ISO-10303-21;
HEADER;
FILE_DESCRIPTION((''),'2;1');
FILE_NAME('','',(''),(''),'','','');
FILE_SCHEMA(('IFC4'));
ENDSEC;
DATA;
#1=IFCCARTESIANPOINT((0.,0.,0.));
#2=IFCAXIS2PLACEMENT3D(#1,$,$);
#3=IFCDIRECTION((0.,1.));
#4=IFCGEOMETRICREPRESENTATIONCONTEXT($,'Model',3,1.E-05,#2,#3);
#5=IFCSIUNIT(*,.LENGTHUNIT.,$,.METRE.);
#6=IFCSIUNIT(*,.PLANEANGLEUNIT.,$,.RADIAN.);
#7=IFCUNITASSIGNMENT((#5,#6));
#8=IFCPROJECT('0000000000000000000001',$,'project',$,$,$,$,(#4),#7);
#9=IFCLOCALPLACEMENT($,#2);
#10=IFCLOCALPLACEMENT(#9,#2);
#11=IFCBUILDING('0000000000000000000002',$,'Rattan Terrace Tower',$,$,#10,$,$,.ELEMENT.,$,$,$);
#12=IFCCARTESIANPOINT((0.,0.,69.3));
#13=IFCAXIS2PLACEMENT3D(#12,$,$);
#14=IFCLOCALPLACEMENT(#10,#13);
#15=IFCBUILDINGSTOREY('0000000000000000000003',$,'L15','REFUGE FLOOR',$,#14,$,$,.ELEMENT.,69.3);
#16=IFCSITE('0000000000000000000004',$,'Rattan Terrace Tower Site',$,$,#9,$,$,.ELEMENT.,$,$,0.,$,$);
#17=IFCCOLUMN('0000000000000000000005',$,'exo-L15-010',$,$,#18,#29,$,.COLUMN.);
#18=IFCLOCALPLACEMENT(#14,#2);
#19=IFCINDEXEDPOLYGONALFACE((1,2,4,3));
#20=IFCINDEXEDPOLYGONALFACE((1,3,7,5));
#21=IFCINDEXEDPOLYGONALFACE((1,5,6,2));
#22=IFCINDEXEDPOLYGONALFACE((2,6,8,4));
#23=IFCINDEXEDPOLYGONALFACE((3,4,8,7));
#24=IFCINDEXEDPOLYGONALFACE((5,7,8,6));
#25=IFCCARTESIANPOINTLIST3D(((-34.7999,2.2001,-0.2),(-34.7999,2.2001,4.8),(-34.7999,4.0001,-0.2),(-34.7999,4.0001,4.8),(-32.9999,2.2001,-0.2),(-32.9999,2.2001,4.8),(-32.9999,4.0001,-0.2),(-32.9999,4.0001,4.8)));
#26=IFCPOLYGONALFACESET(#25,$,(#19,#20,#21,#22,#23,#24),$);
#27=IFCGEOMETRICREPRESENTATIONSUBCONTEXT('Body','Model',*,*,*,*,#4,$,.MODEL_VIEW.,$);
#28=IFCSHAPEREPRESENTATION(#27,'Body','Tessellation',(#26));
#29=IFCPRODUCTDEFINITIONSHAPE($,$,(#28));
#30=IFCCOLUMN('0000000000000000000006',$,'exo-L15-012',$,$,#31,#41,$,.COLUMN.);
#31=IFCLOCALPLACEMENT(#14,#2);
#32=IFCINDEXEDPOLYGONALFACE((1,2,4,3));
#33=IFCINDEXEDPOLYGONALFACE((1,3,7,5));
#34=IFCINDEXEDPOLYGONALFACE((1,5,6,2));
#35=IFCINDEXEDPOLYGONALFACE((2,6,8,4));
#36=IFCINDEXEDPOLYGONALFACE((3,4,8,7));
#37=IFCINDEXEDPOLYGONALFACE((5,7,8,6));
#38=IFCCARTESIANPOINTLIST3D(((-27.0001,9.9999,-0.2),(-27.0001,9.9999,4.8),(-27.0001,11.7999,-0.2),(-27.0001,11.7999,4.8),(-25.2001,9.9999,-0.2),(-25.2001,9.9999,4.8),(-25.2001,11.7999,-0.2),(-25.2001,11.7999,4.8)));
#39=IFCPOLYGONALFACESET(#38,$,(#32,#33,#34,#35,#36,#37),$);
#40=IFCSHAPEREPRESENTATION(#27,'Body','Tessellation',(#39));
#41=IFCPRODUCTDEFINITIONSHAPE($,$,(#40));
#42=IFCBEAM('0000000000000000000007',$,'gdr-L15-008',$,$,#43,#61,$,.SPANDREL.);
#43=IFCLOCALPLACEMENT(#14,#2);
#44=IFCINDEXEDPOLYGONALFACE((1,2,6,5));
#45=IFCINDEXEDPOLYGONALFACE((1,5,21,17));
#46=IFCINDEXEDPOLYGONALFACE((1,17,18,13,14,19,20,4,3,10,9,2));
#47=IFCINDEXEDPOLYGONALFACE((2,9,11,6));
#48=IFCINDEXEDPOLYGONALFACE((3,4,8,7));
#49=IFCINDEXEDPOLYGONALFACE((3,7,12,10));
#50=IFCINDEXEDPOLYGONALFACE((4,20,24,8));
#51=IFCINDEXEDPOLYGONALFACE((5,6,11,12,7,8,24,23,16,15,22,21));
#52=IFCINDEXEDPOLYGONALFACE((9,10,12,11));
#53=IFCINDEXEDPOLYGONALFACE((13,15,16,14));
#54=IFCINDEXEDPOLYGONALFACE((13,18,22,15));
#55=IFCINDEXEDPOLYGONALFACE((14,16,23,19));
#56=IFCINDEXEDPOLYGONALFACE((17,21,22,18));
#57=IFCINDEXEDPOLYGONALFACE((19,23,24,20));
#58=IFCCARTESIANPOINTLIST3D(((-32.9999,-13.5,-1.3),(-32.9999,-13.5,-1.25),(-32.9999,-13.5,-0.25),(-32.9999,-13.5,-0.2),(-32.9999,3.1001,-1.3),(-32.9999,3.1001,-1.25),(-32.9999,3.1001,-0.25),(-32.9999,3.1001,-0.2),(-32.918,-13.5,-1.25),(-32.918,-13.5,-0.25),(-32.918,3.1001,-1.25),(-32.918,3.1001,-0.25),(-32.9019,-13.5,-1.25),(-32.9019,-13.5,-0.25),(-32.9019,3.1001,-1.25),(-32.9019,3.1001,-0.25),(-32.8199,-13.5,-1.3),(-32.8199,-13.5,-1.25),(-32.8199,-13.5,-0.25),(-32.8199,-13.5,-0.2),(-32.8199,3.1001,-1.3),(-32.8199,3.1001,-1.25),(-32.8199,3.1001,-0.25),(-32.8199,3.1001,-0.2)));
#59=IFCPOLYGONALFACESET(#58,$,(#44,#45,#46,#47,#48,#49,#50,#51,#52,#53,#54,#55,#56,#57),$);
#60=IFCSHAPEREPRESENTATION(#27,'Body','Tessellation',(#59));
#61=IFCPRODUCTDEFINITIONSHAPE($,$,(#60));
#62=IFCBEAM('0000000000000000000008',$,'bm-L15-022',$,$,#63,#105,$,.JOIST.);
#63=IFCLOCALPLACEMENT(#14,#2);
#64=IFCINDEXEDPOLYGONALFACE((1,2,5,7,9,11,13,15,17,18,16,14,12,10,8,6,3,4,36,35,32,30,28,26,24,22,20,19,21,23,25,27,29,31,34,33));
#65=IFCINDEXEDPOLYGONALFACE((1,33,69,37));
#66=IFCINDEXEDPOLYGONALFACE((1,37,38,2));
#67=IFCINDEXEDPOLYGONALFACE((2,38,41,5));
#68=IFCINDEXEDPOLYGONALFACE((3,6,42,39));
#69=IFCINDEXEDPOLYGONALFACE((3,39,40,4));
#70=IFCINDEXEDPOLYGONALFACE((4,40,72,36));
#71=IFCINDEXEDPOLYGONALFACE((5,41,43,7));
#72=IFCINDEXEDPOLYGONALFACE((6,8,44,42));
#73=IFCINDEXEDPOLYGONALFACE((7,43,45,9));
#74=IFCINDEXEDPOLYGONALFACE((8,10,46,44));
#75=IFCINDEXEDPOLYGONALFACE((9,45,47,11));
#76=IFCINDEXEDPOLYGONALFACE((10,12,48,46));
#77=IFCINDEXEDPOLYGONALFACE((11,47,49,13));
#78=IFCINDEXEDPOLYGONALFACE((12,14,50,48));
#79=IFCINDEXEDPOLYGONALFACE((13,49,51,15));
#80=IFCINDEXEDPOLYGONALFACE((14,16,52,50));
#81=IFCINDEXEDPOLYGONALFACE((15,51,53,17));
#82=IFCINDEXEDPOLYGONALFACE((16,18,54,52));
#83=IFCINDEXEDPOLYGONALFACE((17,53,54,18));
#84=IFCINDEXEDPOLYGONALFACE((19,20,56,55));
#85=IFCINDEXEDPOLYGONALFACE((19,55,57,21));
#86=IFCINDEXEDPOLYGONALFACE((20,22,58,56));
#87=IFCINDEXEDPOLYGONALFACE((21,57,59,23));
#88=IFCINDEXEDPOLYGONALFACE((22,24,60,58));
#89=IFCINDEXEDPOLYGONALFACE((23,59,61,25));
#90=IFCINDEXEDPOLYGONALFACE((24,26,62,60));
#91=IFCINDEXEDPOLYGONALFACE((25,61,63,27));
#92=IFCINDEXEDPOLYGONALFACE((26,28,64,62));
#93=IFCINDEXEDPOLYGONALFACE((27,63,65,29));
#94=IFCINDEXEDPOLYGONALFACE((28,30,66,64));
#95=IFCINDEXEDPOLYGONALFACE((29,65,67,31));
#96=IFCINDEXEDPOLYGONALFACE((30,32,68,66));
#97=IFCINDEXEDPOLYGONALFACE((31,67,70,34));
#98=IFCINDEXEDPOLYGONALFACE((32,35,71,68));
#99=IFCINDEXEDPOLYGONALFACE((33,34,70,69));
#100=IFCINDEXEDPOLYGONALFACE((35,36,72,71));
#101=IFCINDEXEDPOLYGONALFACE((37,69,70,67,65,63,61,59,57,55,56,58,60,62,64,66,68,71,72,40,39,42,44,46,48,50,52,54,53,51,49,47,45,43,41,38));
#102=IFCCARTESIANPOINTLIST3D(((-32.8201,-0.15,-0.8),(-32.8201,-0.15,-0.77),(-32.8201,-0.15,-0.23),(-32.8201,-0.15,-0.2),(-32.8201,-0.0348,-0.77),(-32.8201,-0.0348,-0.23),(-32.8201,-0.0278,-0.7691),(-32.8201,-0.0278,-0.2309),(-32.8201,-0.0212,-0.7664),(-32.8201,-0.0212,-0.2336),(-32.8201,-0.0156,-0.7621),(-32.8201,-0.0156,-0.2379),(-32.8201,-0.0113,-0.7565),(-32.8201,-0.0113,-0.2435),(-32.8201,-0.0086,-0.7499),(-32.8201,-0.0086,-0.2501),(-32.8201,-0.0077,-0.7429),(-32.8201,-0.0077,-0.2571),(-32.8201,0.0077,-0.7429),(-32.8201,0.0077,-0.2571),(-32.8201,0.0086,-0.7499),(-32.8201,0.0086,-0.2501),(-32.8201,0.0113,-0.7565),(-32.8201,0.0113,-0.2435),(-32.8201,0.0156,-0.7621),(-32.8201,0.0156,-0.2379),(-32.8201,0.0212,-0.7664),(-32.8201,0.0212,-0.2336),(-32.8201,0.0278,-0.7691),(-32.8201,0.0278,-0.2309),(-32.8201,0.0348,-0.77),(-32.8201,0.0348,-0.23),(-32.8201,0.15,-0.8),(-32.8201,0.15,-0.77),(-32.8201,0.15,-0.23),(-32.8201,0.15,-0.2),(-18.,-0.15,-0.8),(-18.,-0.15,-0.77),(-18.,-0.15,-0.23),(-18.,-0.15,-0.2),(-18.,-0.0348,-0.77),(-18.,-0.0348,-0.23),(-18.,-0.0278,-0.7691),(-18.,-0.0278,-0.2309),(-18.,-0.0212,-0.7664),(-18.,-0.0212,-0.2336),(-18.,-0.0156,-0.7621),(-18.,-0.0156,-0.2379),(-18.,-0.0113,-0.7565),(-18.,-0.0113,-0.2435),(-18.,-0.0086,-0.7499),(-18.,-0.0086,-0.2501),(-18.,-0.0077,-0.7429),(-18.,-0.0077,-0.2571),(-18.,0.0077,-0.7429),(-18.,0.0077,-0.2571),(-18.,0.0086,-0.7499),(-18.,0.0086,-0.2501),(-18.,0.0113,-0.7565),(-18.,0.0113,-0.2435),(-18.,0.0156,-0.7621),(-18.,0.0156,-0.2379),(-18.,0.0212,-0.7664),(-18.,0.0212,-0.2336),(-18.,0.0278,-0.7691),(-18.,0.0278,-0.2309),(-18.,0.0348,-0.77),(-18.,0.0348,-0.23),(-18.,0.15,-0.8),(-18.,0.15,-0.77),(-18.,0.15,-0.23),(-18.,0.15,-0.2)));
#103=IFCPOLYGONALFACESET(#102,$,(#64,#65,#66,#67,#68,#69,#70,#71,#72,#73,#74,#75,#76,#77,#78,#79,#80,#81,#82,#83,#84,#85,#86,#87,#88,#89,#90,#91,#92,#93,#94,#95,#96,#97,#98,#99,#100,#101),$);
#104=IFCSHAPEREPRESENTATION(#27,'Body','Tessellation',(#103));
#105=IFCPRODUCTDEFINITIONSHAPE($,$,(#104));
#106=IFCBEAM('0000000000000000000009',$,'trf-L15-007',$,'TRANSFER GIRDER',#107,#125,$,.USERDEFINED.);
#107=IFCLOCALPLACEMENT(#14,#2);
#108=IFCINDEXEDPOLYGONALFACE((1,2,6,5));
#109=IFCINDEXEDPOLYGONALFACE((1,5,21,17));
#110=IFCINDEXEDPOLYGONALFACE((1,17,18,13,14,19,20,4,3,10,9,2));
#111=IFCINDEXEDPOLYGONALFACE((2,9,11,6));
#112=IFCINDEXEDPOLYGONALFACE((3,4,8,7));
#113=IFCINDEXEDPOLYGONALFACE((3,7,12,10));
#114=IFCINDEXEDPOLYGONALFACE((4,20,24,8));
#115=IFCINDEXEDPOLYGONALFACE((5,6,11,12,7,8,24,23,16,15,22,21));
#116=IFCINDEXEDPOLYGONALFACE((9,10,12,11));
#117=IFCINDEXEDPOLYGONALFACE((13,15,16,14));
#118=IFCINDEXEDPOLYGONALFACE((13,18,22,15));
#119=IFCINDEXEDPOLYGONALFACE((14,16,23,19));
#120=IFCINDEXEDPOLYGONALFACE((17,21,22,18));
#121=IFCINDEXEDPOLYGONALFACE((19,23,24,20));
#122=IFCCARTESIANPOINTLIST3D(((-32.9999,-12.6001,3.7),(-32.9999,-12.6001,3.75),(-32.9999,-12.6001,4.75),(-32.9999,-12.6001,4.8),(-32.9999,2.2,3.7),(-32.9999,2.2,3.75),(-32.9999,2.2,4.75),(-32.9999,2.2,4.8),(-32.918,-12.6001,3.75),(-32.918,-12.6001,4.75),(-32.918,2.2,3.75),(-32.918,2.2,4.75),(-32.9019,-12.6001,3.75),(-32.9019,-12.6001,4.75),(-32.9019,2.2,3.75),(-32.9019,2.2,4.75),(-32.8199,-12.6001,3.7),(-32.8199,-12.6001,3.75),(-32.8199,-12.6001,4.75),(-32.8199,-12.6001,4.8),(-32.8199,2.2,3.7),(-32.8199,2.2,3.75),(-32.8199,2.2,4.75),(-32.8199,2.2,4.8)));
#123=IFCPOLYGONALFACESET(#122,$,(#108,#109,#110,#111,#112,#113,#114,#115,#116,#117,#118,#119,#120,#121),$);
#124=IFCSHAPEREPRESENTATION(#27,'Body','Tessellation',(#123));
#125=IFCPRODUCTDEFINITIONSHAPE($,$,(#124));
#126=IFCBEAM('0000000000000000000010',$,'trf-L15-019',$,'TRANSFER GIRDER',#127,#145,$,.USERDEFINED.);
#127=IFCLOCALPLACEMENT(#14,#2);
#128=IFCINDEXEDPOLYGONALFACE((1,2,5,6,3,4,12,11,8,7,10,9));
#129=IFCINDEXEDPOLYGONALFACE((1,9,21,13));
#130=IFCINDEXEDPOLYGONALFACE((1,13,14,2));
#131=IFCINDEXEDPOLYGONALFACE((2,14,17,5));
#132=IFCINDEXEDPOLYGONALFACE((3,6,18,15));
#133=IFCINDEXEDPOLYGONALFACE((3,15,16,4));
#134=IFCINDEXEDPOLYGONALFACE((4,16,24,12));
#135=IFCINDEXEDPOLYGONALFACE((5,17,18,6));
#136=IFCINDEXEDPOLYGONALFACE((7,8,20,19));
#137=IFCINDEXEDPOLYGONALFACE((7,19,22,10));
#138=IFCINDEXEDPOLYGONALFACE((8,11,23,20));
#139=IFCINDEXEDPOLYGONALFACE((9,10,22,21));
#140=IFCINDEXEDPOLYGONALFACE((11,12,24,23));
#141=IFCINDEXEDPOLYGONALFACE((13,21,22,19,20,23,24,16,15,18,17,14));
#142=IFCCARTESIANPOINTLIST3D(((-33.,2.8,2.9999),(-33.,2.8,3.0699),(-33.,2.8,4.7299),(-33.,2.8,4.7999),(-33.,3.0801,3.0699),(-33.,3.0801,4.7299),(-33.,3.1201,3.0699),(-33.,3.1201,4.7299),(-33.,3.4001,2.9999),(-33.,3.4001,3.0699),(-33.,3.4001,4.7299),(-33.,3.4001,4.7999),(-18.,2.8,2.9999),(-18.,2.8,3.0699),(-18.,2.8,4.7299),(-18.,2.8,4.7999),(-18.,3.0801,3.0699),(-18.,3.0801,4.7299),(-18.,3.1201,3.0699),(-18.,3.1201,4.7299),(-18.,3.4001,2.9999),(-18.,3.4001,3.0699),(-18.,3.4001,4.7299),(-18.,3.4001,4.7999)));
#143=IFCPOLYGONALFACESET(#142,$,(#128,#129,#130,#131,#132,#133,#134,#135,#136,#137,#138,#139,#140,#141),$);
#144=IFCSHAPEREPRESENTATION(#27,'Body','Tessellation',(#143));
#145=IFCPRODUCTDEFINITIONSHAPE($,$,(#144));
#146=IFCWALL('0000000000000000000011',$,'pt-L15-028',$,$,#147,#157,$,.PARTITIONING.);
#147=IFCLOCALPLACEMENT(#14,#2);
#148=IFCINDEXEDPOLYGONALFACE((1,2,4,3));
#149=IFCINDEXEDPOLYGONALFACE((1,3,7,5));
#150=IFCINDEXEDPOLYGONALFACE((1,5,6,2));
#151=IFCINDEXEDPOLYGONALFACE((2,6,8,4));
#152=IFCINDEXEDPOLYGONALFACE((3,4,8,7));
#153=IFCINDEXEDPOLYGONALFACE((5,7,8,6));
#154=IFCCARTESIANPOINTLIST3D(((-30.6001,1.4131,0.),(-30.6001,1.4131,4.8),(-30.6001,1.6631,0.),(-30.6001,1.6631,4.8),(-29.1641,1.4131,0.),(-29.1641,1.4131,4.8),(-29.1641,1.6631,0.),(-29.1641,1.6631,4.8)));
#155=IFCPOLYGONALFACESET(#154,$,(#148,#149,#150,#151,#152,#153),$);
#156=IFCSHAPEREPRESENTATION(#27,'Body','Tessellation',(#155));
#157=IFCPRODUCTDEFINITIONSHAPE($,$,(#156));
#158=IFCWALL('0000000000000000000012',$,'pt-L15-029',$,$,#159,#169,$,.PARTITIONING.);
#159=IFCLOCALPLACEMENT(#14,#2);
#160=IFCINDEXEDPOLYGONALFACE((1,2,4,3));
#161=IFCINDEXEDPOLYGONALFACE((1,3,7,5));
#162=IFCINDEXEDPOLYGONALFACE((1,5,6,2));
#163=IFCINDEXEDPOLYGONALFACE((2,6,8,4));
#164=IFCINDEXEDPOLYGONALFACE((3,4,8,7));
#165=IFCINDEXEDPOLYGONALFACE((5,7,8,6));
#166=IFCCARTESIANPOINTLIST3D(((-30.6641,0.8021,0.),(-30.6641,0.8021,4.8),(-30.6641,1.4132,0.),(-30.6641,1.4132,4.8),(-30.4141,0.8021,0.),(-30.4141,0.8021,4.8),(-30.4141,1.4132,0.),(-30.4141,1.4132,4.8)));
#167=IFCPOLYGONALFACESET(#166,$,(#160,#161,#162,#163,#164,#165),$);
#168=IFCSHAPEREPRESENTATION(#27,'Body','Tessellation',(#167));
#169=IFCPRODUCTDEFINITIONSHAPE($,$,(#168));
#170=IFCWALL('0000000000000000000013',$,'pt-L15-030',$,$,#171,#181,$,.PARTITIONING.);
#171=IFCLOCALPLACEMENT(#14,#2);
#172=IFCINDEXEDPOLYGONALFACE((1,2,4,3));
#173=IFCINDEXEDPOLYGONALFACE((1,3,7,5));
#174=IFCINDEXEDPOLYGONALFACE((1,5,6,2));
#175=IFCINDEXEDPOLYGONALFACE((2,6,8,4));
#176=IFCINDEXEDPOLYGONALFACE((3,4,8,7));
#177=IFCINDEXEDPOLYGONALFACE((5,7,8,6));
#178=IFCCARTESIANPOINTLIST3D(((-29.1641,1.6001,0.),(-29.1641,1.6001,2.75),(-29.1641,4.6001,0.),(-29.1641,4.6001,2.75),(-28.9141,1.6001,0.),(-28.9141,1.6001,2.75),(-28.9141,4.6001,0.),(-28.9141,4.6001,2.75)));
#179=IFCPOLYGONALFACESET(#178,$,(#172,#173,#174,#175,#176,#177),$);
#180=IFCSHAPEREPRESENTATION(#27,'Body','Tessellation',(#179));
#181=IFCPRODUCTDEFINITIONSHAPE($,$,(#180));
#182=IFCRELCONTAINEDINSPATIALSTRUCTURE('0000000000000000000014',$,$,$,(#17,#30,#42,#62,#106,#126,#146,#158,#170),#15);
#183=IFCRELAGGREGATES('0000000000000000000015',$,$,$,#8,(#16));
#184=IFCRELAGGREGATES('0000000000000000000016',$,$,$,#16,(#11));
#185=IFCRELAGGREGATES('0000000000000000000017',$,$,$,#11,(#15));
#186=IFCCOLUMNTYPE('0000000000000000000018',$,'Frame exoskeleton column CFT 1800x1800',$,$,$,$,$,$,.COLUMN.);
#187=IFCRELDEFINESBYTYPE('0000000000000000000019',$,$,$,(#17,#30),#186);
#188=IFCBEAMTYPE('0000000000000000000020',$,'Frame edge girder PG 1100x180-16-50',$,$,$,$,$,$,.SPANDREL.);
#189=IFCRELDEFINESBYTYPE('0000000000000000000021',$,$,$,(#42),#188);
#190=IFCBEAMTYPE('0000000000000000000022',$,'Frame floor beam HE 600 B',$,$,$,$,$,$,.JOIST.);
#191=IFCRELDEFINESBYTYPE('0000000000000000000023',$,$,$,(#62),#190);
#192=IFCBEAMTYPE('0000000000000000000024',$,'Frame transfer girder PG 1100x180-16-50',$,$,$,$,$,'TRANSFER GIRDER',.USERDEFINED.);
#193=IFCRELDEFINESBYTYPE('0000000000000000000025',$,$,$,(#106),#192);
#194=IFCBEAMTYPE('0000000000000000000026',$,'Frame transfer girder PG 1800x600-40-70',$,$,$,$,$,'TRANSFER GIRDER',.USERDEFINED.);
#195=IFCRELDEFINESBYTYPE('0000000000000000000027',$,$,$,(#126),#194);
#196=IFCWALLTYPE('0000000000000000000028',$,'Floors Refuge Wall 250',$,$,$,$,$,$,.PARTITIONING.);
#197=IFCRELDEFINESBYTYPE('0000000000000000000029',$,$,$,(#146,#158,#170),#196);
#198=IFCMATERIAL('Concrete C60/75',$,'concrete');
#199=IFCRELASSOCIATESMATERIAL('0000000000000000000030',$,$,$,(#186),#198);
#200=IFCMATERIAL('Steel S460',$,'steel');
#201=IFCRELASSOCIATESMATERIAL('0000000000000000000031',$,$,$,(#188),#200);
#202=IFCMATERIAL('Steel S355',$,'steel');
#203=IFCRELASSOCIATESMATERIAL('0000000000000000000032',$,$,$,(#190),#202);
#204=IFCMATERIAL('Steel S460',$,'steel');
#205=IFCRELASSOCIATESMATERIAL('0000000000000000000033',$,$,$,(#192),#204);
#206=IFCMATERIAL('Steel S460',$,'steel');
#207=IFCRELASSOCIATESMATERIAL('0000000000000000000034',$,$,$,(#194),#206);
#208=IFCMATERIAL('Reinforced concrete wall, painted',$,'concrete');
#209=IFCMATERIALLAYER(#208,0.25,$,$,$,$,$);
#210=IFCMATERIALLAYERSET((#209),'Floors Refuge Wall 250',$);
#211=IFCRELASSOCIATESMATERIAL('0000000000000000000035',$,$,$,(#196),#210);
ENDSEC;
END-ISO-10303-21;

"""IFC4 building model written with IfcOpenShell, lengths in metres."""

from ifc_helpers import new_model, si_unit, direction, frame, frame_2d, origin, origin_2d, place, context, subcontext, project, spatial, rectangle, i_section, extrude, material, layer, layer_set, material_profile, profile_set, type_object, element, save


model = new_model("IFC4")

# Units and contexts
model_context = context("Model", 3, precision=1e-05, world=origin(), true_north=direction((0.0, 1.0)))
body_context = subcontext(model_context, "Body", "Model", "MODEL_VIEW")
ifc_project = project(units=[si_unit("LENGTHUNIT", "METRE"), si_unit("PLANEANGLEUNIT", "RADIAN")], contexts=[model_context])

# Site, building, storey
site_placement = place(None, origin())
site = spatial("IfcSite", under=ifc_project, at=site_placement, Name="Rattan Terrace Tower Site", CompositionType="ELEMENT", RefElevation=0.0)
building_placement = place(site_placement, origin())
building = spatial("IfcBuilding", under=site, at=building_placement, Name="Rattan Terrace Tower", CompositionType="ELEMENT")
storey_placement = place(building_placement, frame((0.0, 0.0, 69.3)))
storey = spatial("IfcBuildingStorey", under=building, at=storey_placement, Name="L15", Description="REFUGE FLOOR", CompositionType="ELEMENT", Elevation=69.3)

# Columns
ifc_material_1 = material(Name="Concrete C60/75", Category="concrete")
ifc_material_profile_1 = material_profile(ifc_material_1, rectangle(XDim=1.8, YDim=1.8, at=origin_2d()), Name="CFT 1800x1800")
ifc_profile_set_1 = profile_set([ifc_material_profile_1], Name="Concrete C60/75")
column_type = type_object("IfcColumnType", Name="Frame exoskeleton column CFT 1800x1800", PredefinedType="COLUMN", material=ifc_profile_set_1)
for number, where, z_axis, x_axis, name in (
    (1, (-33.8999, 3.1001, -0.2), (0.0, 0.0, 1.0), (0.0, 1.0, 0.0), "exo-L15-010"),
    (2, (-26.1001, 10.8999, -0.2), (0.0, 0.0, 1.0), (1.0, 0.0, 0.0), "exo-L15-012"),
):
    element("IfcColumn", number, at=place(storey_placement, frame(where, z_axis=z_axis, x_axis=x_axis)), inside=storey, type_object=column_type, Name=name, PredefinedType="COLUMN", context=body_context, shape_type="SweptSolid", body=[
        extrude(rectangle(XDim=1.8, YDim=1.8, at=origin_2d()), origin(), (0.0, 0.0, 1.0), 5.0),
    ])

# Beams
ifc_material_2 = material(Name="Steel S460", Category="steel")
ifc_material_profile_2 = material_profile(ifc_material_2, i_section(OverallWidth=0.1799, OverallDepth=1.1001, WebThickness=0.0161, FlangeThickness=0.05, at=origin_2d()), Name="PG 1100x180-16-50")
ifc_profile_set_2 = profile_set([ifc_material_profile_2], Name="Steel S460")
beam_type_1 = type_object("IfcBeamType", Name="Frame edge girder PG 1100x180-16-50", PredefinedType="SPANDREL", material=ifc_profile_set_2)
beam_1_placement = place(storey_placement, frame((-32.9099, 3.1001, -0.75), z_axis=(0.0, -1.0, 0.0), x_axis=(1.0, 0.0, 0.0)))
element("IfcBeam", 3, at=beam_1_placement, inside=storey, type_object=beam_type_1, Name="gdr-L15-008", PredefinedType="SPANDREL", context=body_context, shape_type="SweptSolid", body=[
    extrude(i_section(OverallWidth=0.1799, OverallDepth=1.1001, WebThickness=0.0161, FlangeThickness=0.05, at=origin_2d()), origin(), (0.0, 0.0, 1.0), 16.6001),
])
ifc_material_3 = material(Name="Steel S355", Category="steel")
ifc_material_profile_3 = material_profile(ifc_material_3, i_section(OverallWidth=0.3, OverallDepth=0.6001, WebThickness=0.0154, FlangeThickness=0.03, FilletRadius=0.0271, at=origin_2d()), Name="HE 600 B")
ifc_profile_set_3 = profile_set([ifc_material_profile_3], Name="Steel S355")
beam_type_2 = type_object("IfcBeamType", Name="Frame floor beam HE 600 B", PredefinedType="JOIST", material=ifc_profile_set_3)
beam_2_placement = place(storey_placement, frame((-32.8201, 0.0, -0.5), z_axis=(1.0, 0.0, 0.0), x_axis=(0.0, 1.0, 0.0)))
element("IfcBeam", 4, at=beam_2_placement, inside=storey, type_object=beam_type_2, Name="bm-L15-022", PredefinedType="JOIST", context=body_context, shape_type="SweptSolid", body=[
    extrude(i_section(OverallWidth=0.3, OverallDepth=0.6001, WebThickness=0.0154, FlangeThickness=0.03, FilletRadius=0.0271, at=origin_2d()), origin(), (0.0, 0.0, 1.0), 14.8201),
])
ifc_material_4 = material(Name="Steel S460", Category="steel")
ifc_material_profile_4 = material_profile(ifc_material_4, i_section(OverallWidth=0.1799, OverallDepth=1.1001, WebThickness=0.0161, FlangeThickness=0.05, at=origin_2d()), Name="PG 1100x180-16-50")
ifc_profile_set_4 = profile_set([ifc_material_profile_4], Name="Steel S460")
beam_type_3 = type_object("IfcBeamType", Name="Frame transfer girder PG 1100x180-16-50", ElementType="TRANSFER GIRDER", PredefinedType="USERDEFINED", material=ifc_profile_set_4)
beam_3_placement = place(storey_placement, frame((-32.9099, 2.2, 4.25), z_axis=(0.0, -1.0, 0.0), x_axis=(1.0, 0.0, 0.0)))
element("IfcBeam", 5, at=beam_3_placement, inside=storey, type_object=beam_type_3, Name="trf-L15-007", ObjectType="TRANSFER GIRDER", PredefinedType="USERDEFINED", context=body_context, shape_type="SweptSolid", body=[
    extrude(i_section(OverallWidth=0.1799, OverallDepth=1.1001, WebThickness=0.0161, FlangeThickness=0.05, at=origin_2d()), origin(), (0.0, 0.0, 1.0), 14.8),
])
ifc_material_5 = material(Name="Steel S460", Category="steel")
ifc_material_profile_5 = material_profile(ifc_material_5, i_section(OverallWidth=0.6001, OverallDepth=1.8, WebThickness=0.04, FlangeThickness=0.0701, at=origin_2d()), Name="PG 1800x600-40-70")
ifc_profile_set_5 = profile_set([ifc_material_profile_5], Name="Steel S460")
beam_type_4 = type_object("IfcBeamType", Name="Frame transfer girder PG 1800x600-40-70", ElementType="TRANSFER GIRDER", PredefinedType="USERDEFINED", material=ifc_profile_set_5)
beam_4_placement = place(storey_placement, frame((-33.0, 3.1001, 3.8999), z_axis=(1.0, 0.0, 0.0), x_axis=(0.0, 1.0, 0.0)))
element("IfcBeam", 6, at=beam_4_placement, inside=storey, type_object=beam_type_4, Name="trf-L15-019", ObjectType="TRANSFER GIRDER", PredefinedType="USERDEFINED", context=body_context, shape_type="SweptSolid", body=[
    extrude(i_section(OverallWidth=0.6001, OverallDepth=1.8, WebThickness=0.04, FlangeThickness=0.0701, at=origin_2d()), origin(), (0.0, 0.0, 1.0), 15.0),
])

# Walls
ifc_material_6 = material(Name="Reinforced concrete wall, painted", Category="concrete")
ifc_layer = layer(ifc_material_6, 0.25)
ifc_layer_set = layer_set([ifc_layer], Name="Floors Refuge Wall 250")
wall_type = type_object("IfcWallType", Name="Floors Refuge Wall 250", PredefinedType="PARTITIONING", material=ifc_layer_set)
wall_1_placement = place(storey_placement, frame((-30.6001, 1.5381, 0.0), z_axis=(0.0, 0.0, 1.0), x_axis=(1.0, 0.0, 0.0)))
element("IfcWall", 7, at=wall_1_placement, inside=storey, type_object=wall_type, Name="pt-L15-028", PredefinedType="PARTITIONING", context=body_context, shape_type="SweptSolid", body=[
    extrude(rectangle(XDim=1.436, YDim=0.25, at=frame_2d((0.718, 0.0))), origin(), (0.0, 0.0, 1.0), 4.8),
])
wall_2_placement = place(storey_placement, frame((-30.5391, 0.802, 0.0), z_axis=(0.0, 0.0, 1.0), x_axis=(0.0, 1.0, 0.0)))
element("IfcWall", 8, at=wall_2_placement, inside=storey, type_object=wall_type, Name="pt-L15-029", PredefinedType="PARTITIONING", context=body_context, shape_type="SweptSolid", body=[
    extrude(rectangle(XDim=0.6111, YDim=0.25, at=frame_2d((0.3057, 0.0))), origin(), (0.0, 0.0, 1.0), 4.8),
])
wall_3_placement = place(storey_placement, frame((-29.0391, 1.6001, 0.0), z_axis=(0.0, 0.0, 1.0), x_axis=(0.0, 1.0, 0.0)))
element("IfcWall", 9, at=wall_3_placement, inside=storey, type_object=wall_type, Name="pt-L15-030", PredefinedType="PARTITIONING", context=body_context, shape_type="SweptSolid", body=[
    extrude(rectangle(XDim=3.0, YDim=0.25, at=frame_2d((1.5, 0.0))), origin(), (0.0, 0.0, 1.0), 2.75),
])

save(model, "model.ifc")
